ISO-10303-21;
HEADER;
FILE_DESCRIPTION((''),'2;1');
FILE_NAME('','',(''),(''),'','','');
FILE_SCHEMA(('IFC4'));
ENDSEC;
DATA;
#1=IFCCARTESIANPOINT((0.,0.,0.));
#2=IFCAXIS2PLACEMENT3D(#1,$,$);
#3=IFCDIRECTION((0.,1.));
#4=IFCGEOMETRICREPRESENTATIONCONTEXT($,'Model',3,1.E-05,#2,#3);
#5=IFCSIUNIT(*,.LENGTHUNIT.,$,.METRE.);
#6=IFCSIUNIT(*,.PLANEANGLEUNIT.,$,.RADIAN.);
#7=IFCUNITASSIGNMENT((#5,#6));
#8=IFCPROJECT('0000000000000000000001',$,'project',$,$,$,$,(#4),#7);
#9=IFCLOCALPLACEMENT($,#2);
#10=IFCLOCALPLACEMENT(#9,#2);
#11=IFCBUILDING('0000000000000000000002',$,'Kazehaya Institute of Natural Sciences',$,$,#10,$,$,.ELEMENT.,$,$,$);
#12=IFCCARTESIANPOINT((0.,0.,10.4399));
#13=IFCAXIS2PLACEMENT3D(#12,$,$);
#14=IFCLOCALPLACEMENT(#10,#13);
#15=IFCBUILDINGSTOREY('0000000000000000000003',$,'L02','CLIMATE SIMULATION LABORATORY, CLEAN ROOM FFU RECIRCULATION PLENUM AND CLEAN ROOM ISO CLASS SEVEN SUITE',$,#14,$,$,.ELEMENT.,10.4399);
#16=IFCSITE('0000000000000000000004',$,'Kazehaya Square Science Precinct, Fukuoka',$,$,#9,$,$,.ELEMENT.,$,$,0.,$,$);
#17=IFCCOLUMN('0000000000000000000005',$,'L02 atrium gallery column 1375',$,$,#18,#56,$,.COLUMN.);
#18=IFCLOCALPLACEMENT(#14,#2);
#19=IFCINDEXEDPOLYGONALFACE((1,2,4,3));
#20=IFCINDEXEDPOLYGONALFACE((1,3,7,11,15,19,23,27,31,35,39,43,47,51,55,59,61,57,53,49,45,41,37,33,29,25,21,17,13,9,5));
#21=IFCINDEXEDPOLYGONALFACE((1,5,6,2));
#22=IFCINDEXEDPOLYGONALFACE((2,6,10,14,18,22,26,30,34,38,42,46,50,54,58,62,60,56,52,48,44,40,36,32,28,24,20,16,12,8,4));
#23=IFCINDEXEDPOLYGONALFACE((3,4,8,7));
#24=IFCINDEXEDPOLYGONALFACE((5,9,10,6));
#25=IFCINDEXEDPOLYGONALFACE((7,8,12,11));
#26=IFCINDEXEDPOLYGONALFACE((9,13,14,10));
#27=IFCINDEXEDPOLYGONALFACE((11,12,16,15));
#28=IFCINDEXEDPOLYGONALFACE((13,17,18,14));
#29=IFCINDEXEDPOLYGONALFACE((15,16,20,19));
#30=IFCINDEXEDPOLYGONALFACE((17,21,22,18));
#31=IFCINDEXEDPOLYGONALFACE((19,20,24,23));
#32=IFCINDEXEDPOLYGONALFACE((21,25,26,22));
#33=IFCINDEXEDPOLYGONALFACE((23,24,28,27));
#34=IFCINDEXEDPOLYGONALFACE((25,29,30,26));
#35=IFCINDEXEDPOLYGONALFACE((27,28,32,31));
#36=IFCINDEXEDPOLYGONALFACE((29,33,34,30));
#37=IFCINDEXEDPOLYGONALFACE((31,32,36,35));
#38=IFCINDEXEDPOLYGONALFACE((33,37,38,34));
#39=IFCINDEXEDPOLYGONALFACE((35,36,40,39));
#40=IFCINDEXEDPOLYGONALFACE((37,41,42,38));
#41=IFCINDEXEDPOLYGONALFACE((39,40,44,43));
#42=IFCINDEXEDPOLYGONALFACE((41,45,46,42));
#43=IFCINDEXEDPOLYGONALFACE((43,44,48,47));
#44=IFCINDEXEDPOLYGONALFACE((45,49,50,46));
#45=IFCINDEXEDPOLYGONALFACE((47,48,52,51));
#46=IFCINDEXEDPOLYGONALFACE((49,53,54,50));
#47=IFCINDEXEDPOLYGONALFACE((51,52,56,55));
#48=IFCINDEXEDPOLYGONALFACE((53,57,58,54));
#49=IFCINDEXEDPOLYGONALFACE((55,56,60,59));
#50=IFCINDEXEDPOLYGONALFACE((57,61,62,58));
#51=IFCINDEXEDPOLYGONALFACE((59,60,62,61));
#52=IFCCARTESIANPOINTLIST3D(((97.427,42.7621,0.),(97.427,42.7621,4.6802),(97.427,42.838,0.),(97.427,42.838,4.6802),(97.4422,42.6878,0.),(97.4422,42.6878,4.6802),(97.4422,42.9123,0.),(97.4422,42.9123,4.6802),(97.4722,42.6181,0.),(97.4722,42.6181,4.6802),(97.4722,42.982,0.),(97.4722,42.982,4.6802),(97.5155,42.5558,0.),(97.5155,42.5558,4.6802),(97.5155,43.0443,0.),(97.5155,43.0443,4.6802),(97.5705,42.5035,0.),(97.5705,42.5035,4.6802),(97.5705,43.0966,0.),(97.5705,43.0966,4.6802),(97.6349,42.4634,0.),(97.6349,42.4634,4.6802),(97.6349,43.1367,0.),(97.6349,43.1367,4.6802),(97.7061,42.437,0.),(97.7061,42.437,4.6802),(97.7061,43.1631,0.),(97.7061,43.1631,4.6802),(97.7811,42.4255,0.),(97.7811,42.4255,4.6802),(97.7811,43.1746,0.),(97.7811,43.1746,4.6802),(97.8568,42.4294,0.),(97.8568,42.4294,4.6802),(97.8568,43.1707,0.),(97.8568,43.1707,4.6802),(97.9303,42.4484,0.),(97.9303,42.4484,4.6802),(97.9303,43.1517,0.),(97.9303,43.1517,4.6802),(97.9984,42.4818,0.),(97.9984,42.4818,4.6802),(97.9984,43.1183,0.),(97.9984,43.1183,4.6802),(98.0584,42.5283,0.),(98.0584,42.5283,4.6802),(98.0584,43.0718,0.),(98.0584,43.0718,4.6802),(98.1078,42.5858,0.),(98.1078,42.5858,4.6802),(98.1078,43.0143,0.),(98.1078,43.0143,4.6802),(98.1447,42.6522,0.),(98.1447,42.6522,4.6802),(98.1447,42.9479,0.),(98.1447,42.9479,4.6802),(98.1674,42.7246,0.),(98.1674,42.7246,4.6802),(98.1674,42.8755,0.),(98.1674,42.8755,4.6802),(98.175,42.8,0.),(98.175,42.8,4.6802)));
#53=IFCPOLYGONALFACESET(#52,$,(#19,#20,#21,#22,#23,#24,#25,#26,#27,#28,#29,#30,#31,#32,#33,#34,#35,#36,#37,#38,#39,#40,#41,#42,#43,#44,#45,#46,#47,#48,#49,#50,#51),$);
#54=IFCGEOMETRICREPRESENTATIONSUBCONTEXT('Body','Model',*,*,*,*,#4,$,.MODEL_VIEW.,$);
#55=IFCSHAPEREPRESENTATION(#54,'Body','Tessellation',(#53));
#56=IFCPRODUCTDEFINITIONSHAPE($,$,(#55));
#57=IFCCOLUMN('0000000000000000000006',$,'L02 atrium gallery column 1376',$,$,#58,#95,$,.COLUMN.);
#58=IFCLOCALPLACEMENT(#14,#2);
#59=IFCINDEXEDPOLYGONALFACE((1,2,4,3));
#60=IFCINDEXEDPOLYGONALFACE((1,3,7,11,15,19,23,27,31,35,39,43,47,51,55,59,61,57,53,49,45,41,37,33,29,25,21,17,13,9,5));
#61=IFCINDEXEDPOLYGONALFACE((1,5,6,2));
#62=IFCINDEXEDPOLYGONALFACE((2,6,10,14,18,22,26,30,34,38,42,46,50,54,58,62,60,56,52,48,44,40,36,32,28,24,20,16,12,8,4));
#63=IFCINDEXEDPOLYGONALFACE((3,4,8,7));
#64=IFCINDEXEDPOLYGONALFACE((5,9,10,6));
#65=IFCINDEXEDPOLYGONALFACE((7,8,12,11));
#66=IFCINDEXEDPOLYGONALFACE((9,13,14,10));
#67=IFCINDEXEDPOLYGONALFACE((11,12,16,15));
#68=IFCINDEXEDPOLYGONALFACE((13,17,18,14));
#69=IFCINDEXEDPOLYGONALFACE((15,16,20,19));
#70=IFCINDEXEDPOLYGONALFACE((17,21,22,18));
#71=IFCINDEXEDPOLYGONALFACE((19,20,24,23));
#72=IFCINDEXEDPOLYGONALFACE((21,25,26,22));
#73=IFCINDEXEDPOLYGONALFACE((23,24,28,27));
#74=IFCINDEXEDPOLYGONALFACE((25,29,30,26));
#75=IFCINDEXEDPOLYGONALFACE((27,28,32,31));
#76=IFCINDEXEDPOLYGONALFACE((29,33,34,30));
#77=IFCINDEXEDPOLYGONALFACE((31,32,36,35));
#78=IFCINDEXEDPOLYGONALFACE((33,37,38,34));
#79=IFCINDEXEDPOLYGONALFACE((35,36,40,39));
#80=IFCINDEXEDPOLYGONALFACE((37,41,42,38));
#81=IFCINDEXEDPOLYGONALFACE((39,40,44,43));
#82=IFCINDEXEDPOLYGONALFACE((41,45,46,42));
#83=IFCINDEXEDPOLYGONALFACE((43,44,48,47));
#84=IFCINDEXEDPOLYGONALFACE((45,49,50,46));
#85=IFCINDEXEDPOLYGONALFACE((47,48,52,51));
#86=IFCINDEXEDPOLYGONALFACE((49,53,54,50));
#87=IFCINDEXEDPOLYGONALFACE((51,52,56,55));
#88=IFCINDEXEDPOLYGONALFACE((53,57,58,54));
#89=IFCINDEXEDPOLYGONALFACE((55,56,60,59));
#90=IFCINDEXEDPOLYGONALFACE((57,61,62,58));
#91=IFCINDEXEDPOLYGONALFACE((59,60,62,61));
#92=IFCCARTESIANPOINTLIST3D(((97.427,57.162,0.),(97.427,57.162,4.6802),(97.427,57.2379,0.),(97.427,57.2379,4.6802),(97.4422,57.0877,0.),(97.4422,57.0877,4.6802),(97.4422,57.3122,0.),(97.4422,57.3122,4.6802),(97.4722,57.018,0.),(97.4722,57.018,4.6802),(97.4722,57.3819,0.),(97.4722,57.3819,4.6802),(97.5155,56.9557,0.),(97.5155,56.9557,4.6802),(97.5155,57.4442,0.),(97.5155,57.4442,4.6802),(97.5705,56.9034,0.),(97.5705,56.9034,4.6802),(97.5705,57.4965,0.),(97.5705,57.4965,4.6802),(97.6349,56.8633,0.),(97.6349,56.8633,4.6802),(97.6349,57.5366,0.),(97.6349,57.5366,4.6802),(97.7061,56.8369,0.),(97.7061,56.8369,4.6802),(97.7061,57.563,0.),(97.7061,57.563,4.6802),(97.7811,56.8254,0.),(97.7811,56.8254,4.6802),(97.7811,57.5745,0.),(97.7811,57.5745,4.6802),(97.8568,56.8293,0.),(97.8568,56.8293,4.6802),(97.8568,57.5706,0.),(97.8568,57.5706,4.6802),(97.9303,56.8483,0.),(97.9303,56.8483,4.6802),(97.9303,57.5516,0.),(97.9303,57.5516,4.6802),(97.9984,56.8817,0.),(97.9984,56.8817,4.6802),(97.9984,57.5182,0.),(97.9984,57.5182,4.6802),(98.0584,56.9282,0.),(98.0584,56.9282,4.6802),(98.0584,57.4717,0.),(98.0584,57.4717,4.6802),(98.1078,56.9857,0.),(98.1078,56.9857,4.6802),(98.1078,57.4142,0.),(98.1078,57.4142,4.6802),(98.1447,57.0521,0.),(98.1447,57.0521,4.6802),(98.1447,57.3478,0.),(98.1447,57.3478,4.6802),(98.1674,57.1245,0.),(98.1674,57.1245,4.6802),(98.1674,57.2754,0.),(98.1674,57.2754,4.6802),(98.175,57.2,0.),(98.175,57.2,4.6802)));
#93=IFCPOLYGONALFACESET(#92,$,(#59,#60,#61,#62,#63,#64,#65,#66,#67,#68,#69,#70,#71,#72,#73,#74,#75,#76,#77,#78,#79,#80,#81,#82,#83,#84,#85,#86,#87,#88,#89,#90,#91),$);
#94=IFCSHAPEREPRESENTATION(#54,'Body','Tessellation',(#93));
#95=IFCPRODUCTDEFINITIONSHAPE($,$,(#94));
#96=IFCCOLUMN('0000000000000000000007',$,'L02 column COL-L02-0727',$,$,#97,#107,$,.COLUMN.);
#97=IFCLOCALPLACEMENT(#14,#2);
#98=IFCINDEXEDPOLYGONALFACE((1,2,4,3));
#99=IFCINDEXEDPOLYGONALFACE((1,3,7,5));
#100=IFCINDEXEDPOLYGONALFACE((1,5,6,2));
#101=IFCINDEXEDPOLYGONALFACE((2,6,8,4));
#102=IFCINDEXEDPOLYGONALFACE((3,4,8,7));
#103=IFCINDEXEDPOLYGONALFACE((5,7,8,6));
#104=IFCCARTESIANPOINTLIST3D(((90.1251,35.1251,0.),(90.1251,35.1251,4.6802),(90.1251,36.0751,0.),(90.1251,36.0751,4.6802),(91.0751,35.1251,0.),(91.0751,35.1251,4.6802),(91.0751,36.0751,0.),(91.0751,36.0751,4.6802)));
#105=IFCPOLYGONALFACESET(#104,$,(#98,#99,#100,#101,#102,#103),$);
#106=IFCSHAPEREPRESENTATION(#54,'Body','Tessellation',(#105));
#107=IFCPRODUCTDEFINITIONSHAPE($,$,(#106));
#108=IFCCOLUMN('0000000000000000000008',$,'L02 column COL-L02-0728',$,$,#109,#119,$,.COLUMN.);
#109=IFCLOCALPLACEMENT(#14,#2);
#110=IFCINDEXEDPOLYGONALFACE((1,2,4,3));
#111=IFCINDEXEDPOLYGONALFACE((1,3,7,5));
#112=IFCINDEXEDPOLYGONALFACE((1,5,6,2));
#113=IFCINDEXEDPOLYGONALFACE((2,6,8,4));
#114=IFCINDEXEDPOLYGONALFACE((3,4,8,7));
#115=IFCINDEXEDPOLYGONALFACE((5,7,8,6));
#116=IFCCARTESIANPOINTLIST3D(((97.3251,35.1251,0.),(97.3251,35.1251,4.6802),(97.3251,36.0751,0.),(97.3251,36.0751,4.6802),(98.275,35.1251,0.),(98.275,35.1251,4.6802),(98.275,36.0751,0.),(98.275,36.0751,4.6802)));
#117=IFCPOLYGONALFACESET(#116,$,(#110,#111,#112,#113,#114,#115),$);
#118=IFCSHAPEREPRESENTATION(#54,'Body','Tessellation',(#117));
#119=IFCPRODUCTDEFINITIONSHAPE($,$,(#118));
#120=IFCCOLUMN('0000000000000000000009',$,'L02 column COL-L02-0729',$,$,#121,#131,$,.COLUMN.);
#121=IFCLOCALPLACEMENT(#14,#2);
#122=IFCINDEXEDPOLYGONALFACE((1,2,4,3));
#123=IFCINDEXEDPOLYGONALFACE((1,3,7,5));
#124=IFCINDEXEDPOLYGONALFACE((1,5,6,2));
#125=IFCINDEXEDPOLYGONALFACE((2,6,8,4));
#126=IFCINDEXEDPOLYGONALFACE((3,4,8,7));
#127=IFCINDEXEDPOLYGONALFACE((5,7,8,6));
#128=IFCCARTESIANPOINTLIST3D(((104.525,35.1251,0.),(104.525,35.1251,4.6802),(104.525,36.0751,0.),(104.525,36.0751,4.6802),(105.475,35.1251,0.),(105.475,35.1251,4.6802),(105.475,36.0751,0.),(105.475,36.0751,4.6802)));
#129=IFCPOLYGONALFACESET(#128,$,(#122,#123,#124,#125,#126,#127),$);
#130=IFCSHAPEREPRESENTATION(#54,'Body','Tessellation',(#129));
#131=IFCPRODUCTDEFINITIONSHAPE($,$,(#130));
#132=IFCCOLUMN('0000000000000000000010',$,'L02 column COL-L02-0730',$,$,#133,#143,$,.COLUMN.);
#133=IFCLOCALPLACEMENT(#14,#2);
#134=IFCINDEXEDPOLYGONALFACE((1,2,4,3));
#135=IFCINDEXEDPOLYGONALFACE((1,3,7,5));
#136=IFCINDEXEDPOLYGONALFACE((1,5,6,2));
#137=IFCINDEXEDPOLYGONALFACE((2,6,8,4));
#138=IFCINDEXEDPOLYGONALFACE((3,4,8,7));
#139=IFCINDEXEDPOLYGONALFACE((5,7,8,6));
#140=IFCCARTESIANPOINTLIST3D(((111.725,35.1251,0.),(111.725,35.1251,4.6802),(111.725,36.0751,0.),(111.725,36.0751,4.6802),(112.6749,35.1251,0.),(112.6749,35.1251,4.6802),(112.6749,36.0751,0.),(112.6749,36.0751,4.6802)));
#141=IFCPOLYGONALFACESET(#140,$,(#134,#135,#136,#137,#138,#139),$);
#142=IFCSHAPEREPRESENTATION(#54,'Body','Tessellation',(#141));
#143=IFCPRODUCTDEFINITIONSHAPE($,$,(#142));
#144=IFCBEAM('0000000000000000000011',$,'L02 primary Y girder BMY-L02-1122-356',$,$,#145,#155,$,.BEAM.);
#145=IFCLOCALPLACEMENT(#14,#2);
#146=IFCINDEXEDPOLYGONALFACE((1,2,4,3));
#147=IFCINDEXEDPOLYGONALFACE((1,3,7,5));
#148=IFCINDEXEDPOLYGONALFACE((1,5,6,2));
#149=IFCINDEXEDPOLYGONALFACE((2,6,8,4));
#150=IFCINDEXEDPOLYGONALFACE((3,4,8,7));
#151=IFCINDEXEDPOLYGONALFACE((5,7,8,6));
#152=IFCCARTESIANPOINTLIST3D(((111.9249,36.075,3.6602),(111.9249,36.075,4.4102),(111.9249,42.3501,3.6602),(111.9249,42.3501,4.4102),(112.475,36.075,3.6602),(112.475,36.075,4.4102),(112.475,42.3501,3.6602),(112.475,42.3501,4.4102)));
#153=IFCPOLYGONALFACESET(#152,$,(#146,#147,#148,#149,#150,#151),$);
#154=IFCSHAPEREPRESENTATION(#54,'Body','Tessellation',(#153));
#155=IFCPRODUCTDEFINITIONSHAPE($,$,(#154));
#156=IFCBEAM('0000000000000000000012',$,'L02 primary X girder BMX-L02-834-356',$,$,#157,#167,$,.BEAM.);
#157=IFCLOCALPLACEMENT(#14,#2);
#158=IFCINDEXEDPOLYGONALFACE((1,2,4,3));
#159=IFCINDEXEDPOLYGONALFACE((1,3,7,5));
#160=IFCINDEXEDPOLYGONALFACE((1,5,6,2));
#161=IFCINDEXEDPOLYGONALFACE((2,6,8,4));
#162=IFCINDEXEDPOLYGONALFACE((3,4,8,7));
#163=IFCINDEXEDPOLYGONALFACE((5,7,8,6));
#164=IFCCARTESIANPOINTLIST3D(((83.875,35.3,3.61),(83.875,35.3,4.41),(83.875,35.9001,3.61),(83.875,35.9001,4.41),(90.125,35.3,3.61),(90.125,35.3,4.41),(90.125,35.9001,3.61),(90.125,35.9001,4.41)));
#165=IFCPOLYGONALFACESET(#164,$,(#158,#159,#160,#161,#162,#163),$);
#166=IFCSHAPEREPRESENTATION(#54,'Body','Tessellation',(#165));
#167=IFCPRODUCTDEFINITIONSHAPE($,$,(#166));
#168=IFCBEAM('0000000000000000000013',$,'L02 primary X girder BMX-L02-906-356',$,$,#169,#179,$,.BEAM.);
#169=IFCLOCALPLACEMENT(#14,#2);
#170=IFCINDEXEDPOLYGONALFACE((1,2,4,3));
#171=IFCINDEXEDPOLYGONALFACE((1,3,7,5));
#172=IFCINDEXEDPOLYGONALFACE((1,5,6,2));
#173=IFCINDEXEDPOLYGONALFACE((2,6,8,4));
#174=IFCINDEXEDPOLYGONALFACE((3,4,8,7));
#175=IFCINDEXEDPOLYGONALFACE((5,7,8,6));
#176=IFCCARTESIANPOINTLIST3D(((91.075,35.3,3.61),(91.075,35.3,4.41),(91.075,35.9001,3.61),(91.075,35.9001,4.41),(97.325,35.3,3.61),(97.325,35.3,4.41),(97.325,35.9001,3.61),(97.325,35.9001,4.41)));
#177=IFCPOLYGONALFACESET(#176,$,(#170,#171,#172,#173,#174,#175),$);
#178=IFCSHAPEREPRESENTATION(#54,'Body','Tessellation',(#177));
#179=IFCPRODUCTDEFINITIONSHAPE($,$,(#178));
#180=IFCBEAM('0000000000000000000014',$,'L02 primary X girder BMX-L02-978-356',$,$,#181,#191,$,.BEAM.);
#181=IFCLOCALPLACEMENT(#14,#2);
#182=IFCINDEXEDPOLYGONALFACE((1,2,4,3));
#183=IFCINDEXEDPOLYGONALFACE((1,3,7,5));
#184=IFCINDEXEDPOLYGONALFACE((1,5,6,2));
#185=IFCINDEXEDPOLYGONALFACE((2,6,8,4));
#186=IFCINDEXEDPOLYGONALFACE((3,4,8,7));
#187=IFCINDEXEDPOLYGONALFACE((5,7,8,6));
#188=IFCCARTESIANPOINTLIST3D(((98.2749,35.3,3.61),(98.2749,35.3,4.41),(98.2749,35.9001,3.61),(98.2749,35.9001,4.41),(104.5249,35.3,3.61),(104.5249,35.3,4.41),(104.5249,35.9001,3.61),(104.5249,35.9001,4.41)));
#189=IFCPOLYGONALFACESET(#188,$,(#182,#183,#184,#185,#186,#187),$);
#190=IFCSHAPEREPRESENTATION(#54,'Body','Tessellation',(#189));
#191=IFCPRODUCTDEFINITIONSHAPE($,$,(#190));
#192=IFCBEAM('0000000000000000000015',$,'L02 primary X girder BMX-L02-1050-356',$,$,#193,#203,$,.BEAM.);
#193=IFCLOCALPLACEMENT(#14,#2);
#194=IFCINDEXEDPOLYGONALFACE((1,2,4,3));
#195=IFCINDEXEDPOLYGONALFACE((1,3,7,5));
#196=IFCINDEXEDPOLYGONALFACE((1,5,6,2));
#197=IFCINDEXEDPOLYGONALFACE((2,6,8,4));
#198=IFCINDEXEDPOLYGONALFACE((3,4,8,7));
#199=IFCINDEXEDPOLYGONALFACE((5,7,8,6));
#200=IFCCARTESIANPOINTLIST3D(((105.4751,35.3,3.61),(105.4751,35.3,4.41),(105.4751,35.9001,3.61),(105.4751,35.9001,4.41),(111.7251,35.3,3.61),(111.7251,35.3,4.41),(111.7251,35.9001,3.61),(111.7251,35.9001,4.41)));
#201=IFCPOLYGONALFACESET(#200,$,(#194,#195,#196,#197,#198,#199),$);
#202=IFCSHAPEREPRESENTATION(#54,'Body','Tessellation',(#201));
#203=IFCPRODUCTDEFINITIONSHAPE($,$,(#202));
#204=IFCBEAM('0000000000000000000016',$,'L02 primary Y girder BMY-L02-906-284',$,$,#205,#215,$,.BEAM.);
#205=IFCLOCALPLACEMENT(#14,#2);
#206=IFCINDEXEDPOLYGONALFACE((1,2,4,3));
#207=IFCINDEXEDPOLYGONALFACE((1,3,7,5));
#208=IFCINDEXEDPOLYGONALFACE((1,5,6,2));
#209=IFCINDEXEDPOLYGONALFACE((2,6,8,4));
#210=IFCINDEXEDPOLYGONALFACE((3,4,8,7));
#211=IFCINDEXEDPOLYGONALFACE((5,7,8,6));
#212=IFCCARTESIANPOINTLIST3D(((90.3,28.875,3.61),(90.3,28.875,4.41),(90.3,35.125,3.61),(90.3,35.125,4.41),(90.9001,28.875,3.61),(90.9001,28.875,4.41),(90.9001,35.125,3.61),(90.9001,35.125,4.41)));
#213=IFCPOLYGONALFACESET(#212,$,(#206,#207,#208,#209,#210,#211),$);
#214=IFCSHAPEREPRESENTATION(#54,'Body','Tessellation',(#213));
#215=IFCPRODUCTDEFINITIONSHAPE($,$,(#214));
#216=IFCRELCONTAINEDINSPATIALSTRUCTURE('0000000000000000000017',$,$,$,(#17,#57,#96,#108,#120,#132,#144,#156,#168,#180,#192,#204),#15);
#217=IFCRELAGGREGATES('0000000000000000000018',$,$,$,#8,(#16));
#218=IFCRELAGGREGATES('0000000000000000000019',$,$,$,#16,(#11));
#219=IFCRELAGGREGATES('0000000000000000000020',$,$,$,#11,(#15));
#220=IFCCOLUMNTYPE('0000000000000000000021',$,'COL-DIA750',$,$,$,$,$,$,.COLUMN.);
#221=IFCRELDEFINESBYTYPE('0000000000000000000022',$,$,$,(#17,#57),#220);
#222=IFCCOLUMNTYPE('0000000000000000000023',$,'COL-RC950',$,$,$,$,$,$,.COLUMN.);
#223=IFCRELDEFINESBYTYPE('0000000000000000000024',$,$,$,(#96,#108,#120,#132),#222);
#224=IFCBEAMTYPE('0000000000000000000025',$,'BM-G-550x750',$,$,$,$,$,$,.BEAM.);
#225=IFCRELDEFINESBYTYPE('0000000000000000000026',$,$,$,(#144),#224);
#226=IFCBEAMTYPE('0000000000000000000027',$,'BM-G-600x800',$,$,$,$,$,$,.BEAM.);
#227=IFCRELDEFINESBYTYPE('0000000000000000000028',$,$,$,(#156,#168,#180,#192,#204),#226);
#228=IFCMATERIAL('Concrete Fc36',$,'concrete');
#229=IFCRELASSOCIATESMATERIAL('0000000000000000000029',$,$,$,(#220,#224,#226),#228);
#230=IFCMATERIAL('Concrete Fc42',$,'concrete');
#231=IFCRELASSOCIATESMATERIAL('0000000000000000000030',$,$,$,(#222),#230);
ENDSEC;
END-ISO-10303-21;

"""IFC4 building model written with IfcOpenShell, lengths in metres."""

from ifc_helpers import new_model, si_unit, direction, frame, origin, origin_2d, place, context, subcontext, project, spatial, rectangle, circle, extrude, material, material_profile, profile_set, type_object, element, save


model = new_model("IFC4")

# Units and contexts
model_context = context("Model", 3, precision=1e-05, world=origin(), true_north=direction((0.0, 1.0)))
body_context = subcontext(model_context, "Body", "Model", "MODEL_VIEW")
ifc_project = project(units=[si_unit("LENGTHUNIT", "METRE"), si_unit("PLANEANGLEUNIT", "RADIAN")], contexts=[model_context])

# Site, building, storey
site_placement = place(None, origin())
site = spatial("IfcSite", under=ifc_project, at=site_placement, Name="Kazehaya Square Science Precinct, Fukuoka", CompositionType="ELEMENT", RefElevation=0.0)
building_placement = place(site_placement, origin())
building = spatial("IfcBuilding", under=site, at=building_placement, Name="Kazehaya Institute of Natural Sciences", CompositionType="ELEMENT")
storey_placement = place(building_placement, frame((0.0, 0.0, 10.4399)))
storey = spatial("IfcBuildingStorey", under=building, at=storey_placement, Name="L02", Description="CLIMATE SIMULATION LABORATORY, CLEAN ROOM FFU RECIRCULATION PLENUM AND CLEAN ROOM ISO CLASS SEVEN SUITE", CompositionType="ELEMENT", Elevation=10.4399)

# Columns
ifc_material_1 = material(Name="Concrete Fc36", Category="concrete")
ifc_material_profile_1 = material_profile(ifc_material_1, circle(Radius=0.375, at=origin_2d()), Name="RC-DIA750")
ifc_profile_set_1 = profile_set([ifc_material_profile_1], Name="Concrete Fc36")
column_type_1 = type_object("IfcColumnType", Name="COL-DIA750", PredefinedType="COLUMN", material=ifc_profile_set_1)
for number, where, z_axis, x_axis, name in (
    (1, (97.8, 42.8, 0.0), (0.0, 0.0, 1.0), (1.0, 0.0, 0.0), "L02 atrium gallery column 1375"),
    (2, (97.8, 57.2, 0.0), (0.0, 0.0, 1.0), (1.0, 0.0, 0.0), "L02 atrium gallery column 1376"),
):
    element("IfcColumn", number, at=place(storey_placement, frame(where, z_axis=z_axis, x_axis=x_axis)), inside=storey, type_object=column_type_1, Name=name, PredefinedType="COLUMN", context=body_context, shape_type="SweptSolid", body=[
        extrude(circle(Radius=0.375, at=origin_2d()), origin(), (0.0, 0.0, 1.0), 4.6802),
    ])
ifc_material_2 = material(Name="Concrete Fc42", Category="concrete")
ifc_material_profile_2 = material_profile(ifc_material_2, rectangle(XDim=0.95, YDim=0.95, at=origin_2d()), Name="RC-950x950")
ifc_profile_set_2 = profile_set([ifc_material_profile_2], Name="Concrete Fc42")
column_type_2 = type_object("IfcColumnType", Name="COL-RC950", PredefinedType="COLUMN", material=ifc_profile_set_2)
for number, where, z_axis, x_axis, name in (
    (3, (90.6001, 35.6001, 0.0), (0.0, 0.0, 1.0), (1.0, 0.0, 0.0), "L02 column COL-L02-0727"),
    (4, (97.8, 35.6001, 0.0), (0.0, 0.0, 1.0), (1.0, 0.0, 0.0), "L02 column COL-L02-0728"),
    (5, (105.0, 35.6001, 0.0), (0.0, 0.0, 1.0), (1.0, 0.0, 0.0), "L02 column COL-L02-0729"),
    (6, (112.2, 35.6001, 0.0), (0.0, 0.0, 1.0), (1.0, 0.0, 0.0), "L02 column COL-L02-0730"),
):
    element("IfcColumn", number, at=place(storey_placement, frame(where, z_axis=z_axis, x_axis=x_axis)), inside=storey, type_object=column_type_2, Name=name, PredefinedType="COLUMN", context=body_context, shape_type="SweptSolid", body=[
        extrude(rectangle(XDim=0.95, YDim=0.95, at=origin_2d()), origin(), (0.0, 0.0, 1.0), 4.6802),
    ])

# Beams
ifc_material_profile_3 = material_profile(ifc_material_1, rectangle(XDim=0.55, YDim=0.75, at=origin_2d()), Name="RC-550x750")
ifc_profile_set_3 = profile_set([ifc_material_profile_3], Name="Concrete Fc36")
beam_type_1 = type_object("IfcBeamType", Name="BM-G-550x750", PredefinedType="BEAM", material=ifc_profile_set_3)
beam_1_placement = place(storey_placement, frame((112.2, 36.075, 4.0352), z_axis=(0.0, 1.0, 0.0), x_axis=(-1.0, 0.0, 0.0)))
element("IfcBeam", 7, at=beam_1_placement, inside=storey, type_object=beam_type_1, Name="L02 primary Y girder BMY-L02-1122-356", PredefinedType="BEAM", context=body_context, shape_type="SweptSolid", body=[
    extrude(rectangle(XDim=0.55, YDim=0.75, at=origin_2d()), origin(), (0.0, 0.0, 1.0), 6.2751),
])
ifc_material_profile_4 = material_profile(ifc_material_1, rectangle(XDim=0.6001, YDim=0.8, at=origin_2d()), Name="RC-600x800")
ifc_profile_set_4 = profile_set([ifc_material_profile_4], Name="Concrete Fc36")
beam_type_2 = type_object("IfcBeamType", Name="BM-G-600x800", PredefinedType="BEAM", material=ifc_profile_set_4)
for number, where, z_axis, x_axis, name in (
    (8, (83.875, 35.6001, 4.01), (1.0, 0.0, 0.0), (0.0, 1.0, 0.0), "L02 primary X girder BMX-L02-834-356"),
    (9, (91.075, 35.6001, 4.01), (1.0, 0.0, 0.0), (0.0, 1.0, 0.0), "L02 primary X girder BMX-L02-906-356"),
    (10, (98.2749, 35.6001, 4.01), (1.0, 0.0, 0.0), (0.0, 1.0, 0.0), "L02 primary X girder BMX-L02-978-356"),
    (11, (105.4751, 35.6001, 4.01), (1.0, 0.0, 0.0), (0.0, 1.0, 0.0), "L02 primary X girder BMX-L02-1050-356"),
    (12, (90.6001, 28.875, 4.01), (0.0, 1.0, 0.0), (-1.0, 0.0, 0.0), "L02 primary Y girder BMY-L02-906-284"),
):
    element("IfcBeam", number, at=place(storey_placement, frame(where, z_axis=z_axis, x_axis=x_axis)), inside=storey, type_object=beam_type_2, Name=name, PredefinedType="BEAM", context=body_context, shape_type="SweptSolid", body=[
        extrude(rectangle(XDim=0.6001, YDim=0.8, at=origin_2d()), origin(), (0.0, 0.0, 1.0), 6.25),
    ])

save(model, "model.ifc")
